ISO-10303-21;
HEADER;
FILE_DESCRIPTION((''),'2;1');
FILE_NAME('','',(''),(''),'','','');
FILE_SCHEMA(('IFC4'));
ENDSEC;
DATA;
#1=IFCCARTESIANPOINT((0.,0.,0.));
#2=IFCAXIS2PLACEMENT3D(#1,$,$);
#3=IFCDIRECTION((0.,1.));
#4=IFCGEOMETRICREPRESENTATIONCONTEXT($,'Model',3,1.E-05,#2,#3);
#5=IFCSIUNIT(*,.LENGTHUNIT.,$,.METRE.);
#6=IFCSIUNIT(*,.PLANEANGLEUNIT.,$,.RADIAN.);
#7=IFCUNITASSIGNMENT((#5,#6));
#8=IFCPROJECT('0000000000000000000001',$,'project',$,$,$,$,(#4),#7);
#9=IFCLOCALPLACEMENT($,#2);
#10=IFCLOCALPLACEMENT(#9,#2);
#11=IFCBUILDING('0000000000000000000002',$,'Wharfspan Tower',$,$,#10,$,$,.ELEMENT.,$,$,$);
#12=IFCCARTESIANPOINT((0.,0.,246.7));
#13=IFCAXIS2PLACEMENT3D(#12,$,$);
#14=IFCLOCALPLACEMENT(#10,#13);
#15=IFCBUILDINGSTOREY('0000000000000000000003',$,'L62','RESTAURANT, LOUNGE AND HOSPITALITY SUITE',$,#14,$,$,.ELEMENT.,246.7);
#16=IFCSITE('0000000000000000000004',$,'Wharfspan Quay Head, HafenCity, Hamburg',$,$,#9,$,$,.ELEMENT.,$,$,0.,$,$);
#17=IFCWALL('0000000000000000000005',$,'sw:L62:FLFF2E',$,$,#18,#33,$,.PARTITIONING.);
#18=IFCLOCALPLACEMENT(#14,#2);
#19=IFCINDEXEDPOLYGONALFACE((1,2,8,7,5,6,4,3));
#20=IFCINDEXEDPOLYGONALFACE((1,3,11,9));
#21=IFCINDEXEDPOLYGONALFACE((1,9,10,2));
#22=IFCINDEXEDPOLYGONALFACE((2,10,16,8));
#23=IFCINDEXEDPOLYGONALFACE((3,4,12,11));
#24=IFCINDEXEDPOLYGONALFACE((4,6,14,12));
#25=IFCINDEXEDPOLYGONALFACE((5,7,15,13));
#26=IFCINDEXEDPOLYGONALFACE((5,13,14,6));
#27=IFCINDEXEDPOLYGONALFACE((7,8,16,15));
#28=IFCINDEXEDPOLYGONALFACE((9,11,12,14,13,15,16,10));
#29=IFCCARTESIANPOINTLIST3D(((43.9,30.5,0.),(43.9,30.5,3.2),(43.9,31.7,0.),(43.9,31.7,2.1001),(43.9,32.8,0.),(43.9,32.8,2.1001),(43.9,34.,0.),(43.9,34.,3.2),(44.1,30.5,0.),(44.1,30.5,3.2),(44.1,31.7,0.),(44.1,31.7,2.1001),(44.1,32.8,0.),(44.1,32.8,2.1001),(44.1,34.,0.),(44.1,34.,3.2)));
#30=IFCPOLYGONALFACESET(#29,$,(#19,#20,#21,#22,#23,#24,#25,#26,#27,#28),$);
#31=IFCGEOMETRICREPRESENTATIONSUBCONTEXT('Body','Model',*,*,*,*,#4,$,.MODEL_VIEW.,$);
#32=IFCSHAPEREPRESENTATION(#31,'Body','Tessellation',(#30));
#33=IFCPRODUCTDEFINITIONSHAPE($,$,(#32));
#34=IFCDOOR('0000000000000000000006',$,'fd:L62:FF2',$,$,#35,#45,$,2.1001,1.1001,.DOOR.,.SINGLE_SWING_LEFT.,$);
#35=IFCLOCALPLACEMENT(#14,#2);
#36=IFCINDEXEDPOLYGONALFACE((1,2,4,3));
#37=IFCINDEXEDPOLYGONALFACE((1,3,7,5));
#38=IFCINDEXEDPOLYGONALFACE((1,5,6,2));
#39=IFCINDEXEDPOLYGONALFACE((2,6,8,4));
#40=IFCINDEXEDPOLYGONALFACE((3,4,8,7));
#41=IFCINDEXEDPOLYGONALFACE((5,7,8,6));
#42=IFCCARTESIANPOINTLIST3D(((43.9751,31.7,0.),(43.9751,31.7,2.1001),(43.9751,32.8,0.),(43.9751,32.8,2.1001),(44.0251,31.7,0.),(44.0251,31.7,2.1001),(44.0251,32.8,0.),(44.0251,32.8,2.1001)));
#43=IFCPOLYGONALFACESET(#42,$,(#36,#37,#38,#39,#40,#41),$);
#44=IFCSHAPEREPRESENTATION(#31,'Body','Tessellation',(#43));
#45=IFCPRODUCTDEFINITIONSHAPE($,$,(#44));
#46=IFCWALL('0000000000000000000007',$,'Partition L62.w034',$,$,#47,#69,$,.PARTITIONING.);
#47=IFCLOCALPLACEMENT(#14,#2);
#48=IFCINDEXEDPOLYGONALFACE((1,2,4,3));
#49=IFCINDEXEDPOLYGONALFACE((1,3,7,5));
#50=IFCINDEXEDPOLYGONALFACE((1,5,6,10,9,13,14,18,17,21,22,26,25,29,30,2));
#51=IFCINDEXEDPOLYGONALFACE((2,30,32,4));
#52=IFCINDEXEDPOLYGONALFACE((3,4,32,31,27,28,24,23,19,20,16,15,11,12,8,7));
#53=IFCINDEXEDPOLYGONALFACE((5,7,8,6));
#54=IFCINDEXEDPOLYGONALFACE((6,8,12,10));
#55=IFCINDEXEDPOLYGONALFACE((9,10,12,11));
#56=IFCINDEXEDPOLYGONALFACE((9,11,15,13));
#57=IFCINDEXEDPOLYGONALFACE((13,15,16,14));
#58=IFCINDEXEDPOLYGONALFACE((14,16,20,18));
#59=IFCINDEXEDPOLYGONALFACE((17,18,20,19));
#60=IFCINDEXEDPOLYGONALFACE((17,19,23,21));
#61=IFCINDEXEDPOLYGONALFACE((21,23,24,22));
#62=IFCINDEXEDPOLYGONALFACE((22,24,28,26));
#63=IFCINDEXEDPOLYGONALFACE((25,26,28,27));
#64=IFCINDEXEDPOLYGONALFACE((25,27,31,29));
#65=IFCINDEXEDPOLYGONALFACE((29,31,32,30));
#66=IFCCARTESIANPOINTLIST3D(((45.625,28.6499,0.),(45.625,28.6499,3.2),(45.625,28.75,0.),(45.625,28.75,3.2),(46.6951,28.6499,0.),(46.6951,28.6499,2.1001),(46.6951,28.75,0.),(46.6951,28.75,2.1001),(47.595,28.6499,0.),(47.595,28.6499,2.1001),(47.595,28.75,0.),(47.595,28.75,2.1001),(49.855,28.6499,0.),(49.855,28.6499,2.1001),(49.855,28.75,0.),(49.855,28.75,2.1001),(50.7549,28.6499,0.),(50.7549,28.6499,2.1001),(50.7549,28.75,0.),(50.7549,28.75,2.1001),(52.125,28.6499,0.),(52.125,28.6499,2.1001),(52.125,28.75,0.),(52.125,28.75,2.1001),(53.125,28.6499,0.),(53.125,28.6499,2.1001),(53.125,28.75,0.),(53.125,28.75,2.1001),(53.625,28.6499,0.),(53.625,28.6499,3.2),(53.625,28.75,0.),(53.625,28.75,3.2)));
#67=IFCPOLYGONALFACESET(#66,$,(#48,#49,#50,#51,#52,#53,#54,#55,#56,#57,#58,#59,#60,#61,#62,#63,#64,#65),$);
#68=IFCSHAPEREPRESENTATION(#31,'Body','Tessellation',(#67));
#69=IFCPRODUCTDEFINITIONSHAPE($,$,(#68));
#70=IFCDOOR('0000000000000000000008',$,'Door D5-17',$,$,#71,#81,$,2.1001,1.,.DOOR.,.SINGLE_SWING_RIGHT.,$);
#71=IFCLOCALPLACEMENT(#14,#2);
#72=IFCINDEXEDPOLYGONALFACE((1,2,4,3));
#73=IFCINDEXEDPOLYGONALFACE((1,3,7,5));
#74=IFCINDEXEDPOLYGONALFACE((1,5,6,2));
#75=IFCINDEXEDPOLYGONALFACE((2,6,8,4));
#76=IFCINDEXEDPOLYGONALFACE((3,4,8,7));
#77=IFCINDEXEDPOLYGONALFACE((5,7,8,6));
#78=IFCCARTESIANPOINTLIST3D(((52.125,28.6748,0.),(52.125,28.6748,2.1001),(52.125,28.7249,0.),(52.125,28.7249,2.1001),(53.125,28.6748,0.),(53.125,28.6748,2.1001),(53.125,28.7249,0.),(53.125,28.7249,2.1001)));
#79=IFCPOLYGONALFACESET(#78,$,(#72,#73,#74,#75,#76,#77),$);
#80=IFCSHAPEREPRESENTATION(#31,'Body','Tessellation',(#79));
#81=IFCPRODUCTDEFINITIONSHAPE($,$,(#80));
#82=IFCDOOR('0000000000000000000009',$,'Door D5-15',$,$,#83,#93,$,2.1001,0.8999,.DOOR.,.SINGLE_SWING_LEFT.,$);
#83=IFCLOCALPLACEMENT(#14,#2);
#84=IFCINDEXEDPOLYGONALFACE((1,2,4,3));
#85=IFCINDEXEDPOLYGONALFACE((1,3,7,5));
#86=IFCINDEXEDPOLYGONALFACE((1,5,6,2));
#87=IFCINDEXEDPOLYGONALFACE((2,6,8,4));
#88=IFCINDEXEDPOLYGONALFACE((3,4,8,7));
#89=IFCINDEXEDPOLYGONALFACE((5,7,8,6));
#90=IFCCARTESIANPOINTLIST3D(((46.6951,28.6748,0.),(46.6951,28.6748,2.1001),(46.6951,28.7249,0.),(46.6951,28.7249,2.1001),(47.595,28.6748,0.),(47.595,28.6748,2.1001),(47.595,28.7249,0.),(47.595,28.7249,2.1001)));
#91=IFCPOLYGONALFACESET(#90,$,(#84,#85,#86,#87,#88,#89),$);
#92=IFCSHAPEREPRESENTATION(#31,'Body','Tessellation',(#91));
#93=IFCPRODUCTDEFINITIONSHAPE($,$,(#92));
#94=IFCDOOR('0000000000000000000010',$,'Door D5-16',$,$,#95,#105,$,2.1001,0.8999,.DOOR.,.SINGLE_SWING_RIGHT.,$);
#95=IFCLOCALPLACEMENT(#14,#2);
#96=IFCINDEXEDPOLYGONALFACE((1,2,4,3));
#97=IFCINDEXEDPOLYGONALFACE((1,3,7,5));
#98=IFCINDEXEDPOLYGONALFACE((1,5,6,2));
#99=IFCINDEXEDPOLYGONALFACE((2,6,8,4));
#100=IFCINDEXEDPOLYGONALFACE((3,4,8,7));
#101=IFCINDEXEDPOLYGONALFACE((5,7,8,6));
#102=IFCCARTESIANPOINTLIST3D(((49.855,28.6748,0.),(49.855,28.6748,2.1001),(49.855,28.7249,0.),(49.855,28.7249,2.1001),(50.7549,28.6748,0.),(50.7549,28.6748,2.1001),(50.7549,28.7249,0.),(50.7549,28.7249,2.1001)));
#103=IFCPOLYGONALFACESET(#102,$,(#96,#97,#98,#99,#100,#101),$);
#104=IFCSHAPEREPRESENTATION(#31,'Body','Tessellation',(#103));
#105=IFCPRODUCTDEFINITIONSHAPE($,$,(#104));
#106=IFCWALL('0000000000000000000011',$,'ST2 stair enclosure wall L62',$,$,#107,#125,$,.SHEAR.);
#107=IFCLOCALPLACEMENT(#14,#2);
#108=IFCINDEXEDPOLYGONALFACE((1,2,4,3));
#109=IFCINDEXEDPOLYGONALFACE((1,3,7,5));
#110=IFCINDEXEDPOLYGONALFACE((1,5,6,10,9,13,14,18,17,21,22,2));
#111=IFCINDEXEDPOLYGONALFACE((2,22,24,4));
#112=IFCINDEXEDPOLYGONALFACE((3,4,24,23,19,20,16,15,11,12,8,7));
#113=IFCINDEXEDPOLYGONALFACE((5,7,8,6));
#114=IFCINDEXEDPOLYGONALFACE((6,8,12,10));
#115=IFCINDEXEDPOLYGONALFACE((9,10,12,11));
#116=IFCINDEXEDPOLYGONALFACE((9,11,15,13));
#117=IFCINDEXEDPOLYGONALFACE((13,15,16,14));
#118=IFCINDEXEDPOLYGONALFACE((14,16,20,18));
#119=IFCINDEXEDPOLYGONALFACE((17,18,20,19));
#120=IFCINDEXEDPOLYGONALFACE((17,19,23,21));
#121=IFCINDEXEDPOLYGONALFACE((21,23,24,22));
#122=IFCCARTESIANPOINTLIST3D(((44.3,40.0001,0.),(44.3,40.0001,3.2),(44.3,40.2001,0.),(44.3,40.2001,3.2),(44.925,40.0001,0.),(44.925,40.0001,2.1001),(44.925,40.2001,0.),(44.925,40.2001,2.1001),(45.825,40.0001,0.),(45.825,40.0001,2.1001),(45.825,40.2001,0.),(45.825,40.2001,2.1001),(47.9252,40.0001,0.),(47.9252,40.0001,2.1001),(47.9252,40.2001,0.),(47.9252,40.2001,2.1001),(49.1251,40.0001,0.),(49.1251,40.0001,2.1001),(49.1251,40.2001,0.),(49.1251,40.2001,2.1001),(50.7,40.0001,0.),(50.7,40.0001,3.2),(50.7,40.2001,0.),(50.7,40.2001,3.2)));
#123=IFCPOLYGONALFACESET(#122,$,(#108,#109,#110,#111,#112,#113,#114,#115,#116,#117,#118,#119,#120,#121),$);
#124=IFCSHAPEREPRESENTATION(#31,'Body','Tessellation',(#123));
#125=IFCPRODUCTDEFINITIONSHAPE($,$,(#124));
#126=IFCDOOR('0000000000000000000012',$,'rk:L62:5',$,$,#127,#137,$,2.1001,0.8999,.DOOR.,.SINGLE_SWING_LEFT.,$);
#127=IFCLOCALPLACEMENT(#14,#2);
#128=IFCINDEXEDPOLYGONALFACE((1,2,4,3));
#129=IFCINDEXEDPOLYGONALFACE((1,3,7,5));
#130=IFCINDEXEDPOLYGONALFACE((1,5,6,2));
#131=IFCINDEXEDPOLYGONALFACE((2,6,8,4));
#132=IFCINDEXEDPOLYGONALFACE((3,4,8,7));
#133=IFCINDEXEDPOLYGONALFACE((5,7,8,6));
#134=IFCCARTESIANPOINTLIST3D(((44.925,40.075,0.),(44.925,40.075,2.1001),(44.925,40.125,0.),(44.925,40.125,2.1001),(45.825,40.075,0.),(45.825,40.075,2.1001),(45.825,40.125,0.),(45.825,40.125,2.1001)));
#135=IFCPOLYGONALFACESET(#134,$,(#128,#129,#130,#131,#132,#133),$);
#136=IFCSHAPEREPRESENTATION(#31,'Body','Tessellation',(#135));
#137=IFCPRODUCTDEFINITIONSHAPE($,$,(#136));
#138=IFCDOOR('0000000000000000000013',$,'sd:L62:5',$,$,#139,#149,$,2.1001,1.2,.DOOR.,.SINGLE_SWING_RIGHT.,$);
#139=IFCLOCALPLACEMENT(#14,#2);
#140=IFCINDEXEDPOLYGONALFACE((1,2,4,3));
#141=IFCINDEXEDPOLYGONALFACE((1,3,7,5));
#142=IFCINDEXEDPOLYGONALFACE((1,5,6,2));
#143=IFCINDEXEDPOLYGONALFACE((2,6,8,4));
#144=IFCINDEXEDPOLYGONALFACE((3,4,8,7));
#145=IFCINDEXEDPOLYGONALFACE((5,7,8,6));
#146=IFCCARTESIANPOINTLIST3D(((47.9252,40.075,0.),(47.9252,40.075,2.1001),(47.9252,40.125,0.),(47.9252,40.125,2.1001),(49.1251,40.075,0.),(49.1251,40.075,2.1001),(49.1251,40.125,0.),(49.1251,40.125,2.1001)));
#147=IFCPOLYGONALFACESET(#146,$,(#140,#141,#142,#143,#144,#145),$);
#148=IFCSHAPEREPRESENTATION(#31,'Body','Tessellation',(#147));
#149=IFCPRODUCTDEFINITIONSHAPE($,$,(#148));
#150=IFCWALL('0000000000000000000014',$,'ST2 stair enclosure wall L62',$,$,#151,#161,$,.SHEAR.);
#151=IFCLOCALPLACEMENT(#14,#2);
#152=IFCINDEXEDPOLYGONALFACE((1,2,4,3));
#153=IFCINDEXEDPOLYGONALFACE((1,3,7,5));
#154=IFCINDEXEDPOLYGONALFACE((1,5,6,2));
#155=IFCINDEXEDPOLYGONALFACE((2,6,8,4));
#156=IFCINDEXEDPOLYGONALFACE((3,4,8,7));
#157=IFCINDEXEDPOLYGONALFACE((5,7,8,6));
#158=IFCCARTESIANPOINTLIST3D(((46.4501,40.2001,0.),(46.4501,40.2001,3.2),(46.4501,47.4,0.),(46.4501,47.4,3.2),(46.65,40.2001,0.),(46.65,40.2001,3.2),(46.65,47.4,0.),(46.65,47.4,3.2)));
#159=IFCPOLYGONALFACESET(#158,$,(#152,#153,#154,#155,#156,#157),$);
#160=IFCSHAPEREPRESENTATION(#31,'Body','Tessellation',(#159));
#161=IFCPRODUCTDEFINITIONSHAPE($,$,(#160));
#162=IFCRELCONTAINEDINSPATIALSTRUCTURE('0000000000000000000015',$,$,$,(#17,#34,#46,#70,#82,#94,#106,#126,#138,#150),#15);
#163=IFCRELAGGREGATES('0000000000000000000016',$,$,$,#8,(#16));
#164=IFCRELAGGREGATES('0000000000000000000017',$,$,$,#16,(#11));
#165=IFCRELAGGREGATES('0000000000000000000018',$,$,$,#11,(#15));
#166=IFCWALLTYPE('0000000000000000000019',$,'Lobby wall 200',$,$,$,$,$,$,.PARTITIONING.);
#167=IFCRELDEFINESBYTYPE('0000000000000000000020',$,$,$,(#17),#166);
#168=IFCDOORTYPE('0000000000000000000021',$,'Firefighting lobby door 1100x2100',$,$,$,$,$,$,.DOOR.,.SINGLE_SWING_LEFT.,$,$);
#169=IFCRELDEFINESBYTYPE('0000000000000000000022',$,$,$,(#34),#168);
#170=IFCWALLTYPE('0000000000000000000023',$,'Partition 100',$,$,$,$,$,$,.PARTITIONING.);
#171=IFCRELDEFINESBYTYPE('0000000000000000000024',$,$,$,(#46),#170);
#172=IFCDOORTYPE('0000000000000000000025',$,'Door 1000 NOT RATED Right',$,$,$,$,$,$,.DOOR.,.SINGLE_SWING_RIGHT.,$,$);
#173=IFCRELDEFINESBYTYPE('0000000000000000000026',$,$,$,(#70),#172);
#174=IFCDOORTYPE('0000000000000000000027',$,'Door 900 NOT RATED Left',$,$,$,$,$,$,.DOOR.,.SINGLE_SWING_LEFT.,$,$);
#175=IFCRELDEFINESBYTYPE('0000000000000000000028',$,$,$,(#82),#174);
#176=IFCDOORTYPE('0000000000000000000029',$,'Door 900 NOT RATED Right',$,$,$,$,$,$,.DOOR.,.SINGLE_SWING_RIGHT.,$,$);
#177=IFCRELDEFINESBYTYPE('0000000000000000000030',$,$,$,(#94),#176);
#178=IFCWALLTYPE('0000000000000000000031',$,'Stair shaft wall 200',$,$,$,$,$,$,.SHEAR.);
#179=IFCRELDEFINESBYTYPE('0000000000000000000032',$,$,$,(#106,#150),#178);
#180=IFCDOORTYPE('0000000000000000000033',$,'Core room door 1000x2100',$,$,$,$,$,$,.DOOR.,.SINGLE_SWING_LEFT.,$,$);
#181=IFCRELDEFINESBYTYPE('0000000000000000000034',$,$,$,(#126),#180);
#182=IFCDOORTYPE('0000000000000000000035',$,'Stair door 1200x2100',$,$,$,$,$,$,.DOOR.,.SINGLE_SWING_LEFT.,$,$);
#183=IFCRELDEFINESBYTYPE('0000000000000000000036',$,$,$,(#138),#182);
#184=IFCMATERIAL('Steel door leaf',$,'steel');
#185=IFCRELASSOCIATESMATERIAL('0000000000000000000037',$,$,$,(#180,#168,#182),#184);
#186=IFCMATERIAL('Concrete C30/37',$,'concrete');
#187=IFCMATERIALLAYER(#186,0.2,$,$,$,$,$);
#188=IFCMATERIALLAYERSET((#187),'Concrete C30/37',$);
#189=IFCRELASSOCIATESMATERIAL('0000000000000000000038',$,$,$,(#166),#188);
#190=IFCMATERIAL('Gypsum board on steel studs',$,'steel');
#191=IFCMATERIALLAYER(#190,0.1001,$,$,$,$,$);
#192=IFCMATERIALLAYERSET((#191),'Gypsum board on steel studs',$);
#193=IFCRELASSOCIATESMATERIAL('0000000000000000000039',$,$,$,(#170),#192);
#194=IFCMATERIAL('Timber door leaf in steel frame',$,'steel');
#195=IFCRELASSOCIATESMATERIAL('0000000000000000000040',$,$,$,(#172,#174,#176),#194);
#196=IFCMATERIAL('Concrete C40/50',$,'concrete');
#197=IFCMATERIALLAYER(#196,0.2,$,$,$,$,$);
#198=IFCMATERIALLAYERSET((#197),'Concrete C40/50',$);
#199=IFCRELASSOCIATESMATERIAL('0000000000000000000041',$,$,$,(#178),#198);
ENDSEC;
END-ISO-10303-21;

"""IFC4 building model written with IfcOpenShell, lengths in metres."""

from ifc_helpers import new_model, si_unit, direction, frame, frame_2d, origin, place, context, subcontext, project, spatial, rectangle, extrude, material, layer, layer_set, type_object, element, fill, save


model = new_model("IFC4")

# Units and contexts
model_context = context("Model", 3, precision=1e-05, world=origin(), true_north=direction((0.0, 1.0)))
body_context = subcontext(model_context, "Body", "Model", "MODEL_VIEW")
ifc_project = project(units=[si_unit("LENGTHUNIT", "METRE"), si_unit("PLANEANGLEUNIT", "RADIAN")], contexts=[model_context])

# Site, building, storey
site_placement = place(None, origin())
site = spatial("IfcSite", under=ifc_project, at=site_placement, Name="Wharfspan Quay Head, HafenCity, Hamburg", CompositionType="ELEMENT", RefElevation=0.0)
building_placement = place(site_placement, origin())
building = spatial("IfcBuilding", under=site, at=building_placement, Name="Wharfspan Tower", CompositionType="ELEMENT")
storey_placement = place(building_placement, frame((0.0, 0.0, 246.7)))
storey = spatial("IfcBuildingStorey", under=building, at=storey_placement, Name="L62", Description="RESTAURANT, LOUNGE AND HOSPITALITY SUITE", CompositionType="ELEMENT", Elevation=246.7)

# Shared definitions
ifc_material_1 = material(Name="Gypsum board on steel studs", Category="steel")

# Shared definitions
ifc_material_2 = material(Name="Steel door leaf", Category="steel")
door_type_1 = type_object("IfcDoorType", Name="Core room door 1000x2100", OperationType="SINGLE_SWING_LEFT", PredefinedType="DOOR", material=ifc_material_2)

# Wall, opening, door
ifc_material_3 = material(Name="Concrete C30/37", Category="concrete")
ifc_layer_1 = layer(ifc_material_3, 0.2)
ifc_layer_set_1 = layer_set([ifc_layer_1], Name="Concrete C30/37")
wall_type_1 = type_object("IfcWallType", Name="Lobby wall 200", PredefinedType="PARTITIONING", material=ifc_layer_set_1)
wall_1_placement = place(storey_placement, frame((44.0, 30.5, 0.0), z_axis=(0.0, 0.0, 1.0), x_axis=(0.0, 1.0, 0.0)))
wall_1 = element("IfcWall", 1, at=wall_1_placement, inside=storey, type_object=wall_type_1, Name="sw:L62:FLFF2E", PredefinedType="PARTITIONING", context=body_context, shape_type="SweptSolid", body=[
    extrude(rectangle(XDim=3.5, YDim=0.2, at=frame_2d((1.75, 0.0))), origin(), (0.0, 0.0, 1.0), 3.2),
])
opening_1_placement = place(wall_1_placement, frame((1.2, 0.0, 0.0)))
opening_1 = element("IfcOpeningElement", 2, at=opening_1_placement, cuts=wall_1, PredefinedType="OPENING", context=body_context, shape_type="SweptSolid", body=[
    extrude(rectangle(XDim=1.1001, YDim=2.1001, at=frame_2d((0.55, 1.05))), frame((0.0, 0.1099, 0.0), z_axis=(0.0, -1.0, 0.0), x_axis=(1.0, 0.0, 0.0)), (0.0, 0.0, 1.0), 0.22),
])
door_type_2 = type_object("IfcDoorType", Name="Firefighting lobby door 1100x2100", OperationType="SINGLE_SWING_LEFT", PredefinedType="DOOR", material=ifc_material_2)
door_1_placement = place(opening_1_placement, origin())
door_1 = element("IfcDoor", 3, at=door_1_placement, inside=storey, type_object=door_type_2, Name="fd:L62:FF2", OperationType="SINGLE_SWING_LEFT", OverallHeight=2.1001, OverallWidth=1.1001, PredefinedType="DOOR", context=body_context, shape_type="SweptSolid", body=[
    extrude(rectangle(XDim=1.1001, YDim=2.1001, at=frame_2d((0.55, 1.05))), frame((0.0, 0.0249, 0.0), z_axis=(0.0, -1.0, 0.0), x_axis=(1.0, 0.0, 0.0)), (0.0, 0.0, 1.0), 0.05),
])
fill(opening_1, door_1)

# Walls, openings, doors
ifc_layer_2 = layer(ifc_material_1, 0.1001)
ifc_layer_set_2 = layer_set([ifc_layer_2], Name="Gypsum board on steel studs")
wall_type_2 = type_object("IfcWallType", Name="Partition 100", PredefinedType="PARTITIONING", material=ifc_layer_set_2)
wall_2_placement = place(storey_placement, frame((45.625, 28.7, 0.0), z_axis=(0.0, 0.0, 1.0), x_axis=(1.0, 0.0, 0.0)))
wall_2 = element("IfcWall", 4, at=wall_2_placement, inside=storey, type_object=wall_type_2, Name="Partition L62.w034", PredefinedType="PARTITIONING", context=body_context, shape_type="SweptSolid", body=[
    extrude(rectangle(XDim=8.0, YDim=0.1001, at=frame_2d((4.0, 0.0))), origin(), (0.0, 0.0, 1.0), 3.2),
])
opening_2_placement = place(wall_2_placement, frame((1.0701, 0.0, 0.0)))
opening_2 = element("IfcOpeningElement", 5, at=opening_2_placement, cuts=wall_2, PredefinedType="OPENING", context=body_context, shape_type="SweptSolid", body=[
    extrude(rectangle(XDim=0.8999, YDim=2.1001, at=frame_2d((0.45, 1.05))), frame((0.0, 0.0601, 0.0), z_axis=(0.0, -1.0, 0.0), x_axis=(1.0, 0.0, 0.0)), (0.0, 0.0, 1.0), 0.1201),
])
opening_3_placement = place(wall_2_placement, frame((4.23, 0.0, 0.0)))
opening_3 = element("IfcOpeningElement", 6, at=opening_3_placement, cuts=wall_2, PredefinedType="OPENING", context=body_context, shape_type="SweptSolid", body=[
    extrude(rectangle(XDim=0.8999, YDim=2.1001, at=frame_2d((0.45, 1.05))), frame((0.0, 0.0601, 0.0), z_axis=(0.0, -1.0, 0.0), x_axis=(1.0, 0.0, 0.0)), (0.0, 0.0, 1.0), 0.1201),
])
opening_4_placement = place(wall_2_placement, frame((6.5, 0.0, 0.0)))
opening_4 = element("IfcOpeningElement", 7, at=opening_4_placement, cuts=wall_2, PredefinedType="OPENING", context=body_context, shape_type="SweptSolid", body=[
    extrude(rectangle(XDim=1.0, YDim=2.1001, at=frame_2d((0.5, 1.05))), frame((0.0, 0.0601, 0.0), z_axis=(0.0, -1.0, 0.0), x_axis=(1.0, 0.0, 0.0)), (0.0, 0.0, 1.0), 0.1201),
])
ifc_material_4 = material(Name="Timber door leaf in steel frame", Category="steel")
door_type_3 = type_object("IfcDoorType", Name="Door 1000 NOT RATED Right", OperationType="SINGLE_SWING_RIGHT", PredefinedType="DOOR", material=ifc_material_4)
door_2_placement = place(opening_4_placement, origin())
door_2 = element("IfcDoor", 8, at=door_2_placement, inside=storey, type_object=door_type_3, Name="Door D5-17", OperationType="SINGLE_SWING_RIGHT", OverallHeight=2.1001, OverallWidth=1.0, PredefinedType="DOOR", context=body_context, shape_type="SweptSolid", body=[
    extrude(rectangle(XDim=1.0, YDim=2.1001, at=frame_2d((0.5, 1.05))), frame((0.0, 0.0249, 0.0), z_axis=(0.0, -1.0, 0.0), x_axis=(1.0, 0.0, 0.0)), (0.0, 0.0, 1.0), 0.05),
])
fill(opening_4, door_2)
door_type_4 = type_object("IfcDoorType", Name="Door 900 NOT RATED Left", OperationType="SINGLE_SWING_LEFT", PredefinedType="DOOR", material=ifc_material_4)
door_3_placement = place(opening_2_placement, origin())
door_3 = element("IfcDoor", 9, at=door_3_placement, inside=storey, type_object=door_type_4, Name="Door D5-15", OperationType="SINGLE_SWING_LEFT", OverallHeight=2.1001, OverallWidth=0.8999, PredefinedType="DOOR", context=body_context, shape_type="SweptSolid", body=[
    extrude(rectangle(XDim=0.8999, YDim=2.1001, at=frame_2d((0.45, 1.05))), frame((0.0, 0.0249, 0.0), z_axis=(0.0, -1.0, 0.0), x_axis=(1.0, 0.0, 0.0)), (0.0, 0.0, 1.0), 0.05),
])
fill(opening_2, door_3)
door_type_5 = type_object("IfcDoorType", Name="Door 900 NOT RATED Right", OperationType="SINGLE_SWING_RIGHT", PredefinedType="DOOR", material=ifc_material_4)
door_4_placement = place(opening_3_placement, origin())
door_4 = element("IfcDoor", 10, at=door_4_placement, inside=storey, type_object=door_type_5, Name="Door D5-16", OperationType="SINGLE_SWING_RIGHT", OverallHeight=2.1001, OverallWidth=0.8999, PredefinedType="DOOR", context=body_context, shape_type="SweptSolid", body=[
    extrude(rectangle(XDim=0.8999, YDim=2.1001, at=frame_2d((0.45, 1.05))), frame((0.0, 0.0249, 0.0), z_axis=(0.0, -1.0, 0.0), x_axis=(1.0, 0.0, 0.0)), (0.0, 0.0, 1.0), 0.05),
])
fill(opening_3, door_4)
ifc_material_5 = material(Name="Concrete C40/50", Category="concrete")
ifc_layer_3 = layer(ifc_material_5, 0.2)
ifc_layer_set_3 = layer_set([ifc_layer_3], Name="Concrete C40/50")
wall_type_3 = type_object("IfcWallType", Name="Stair shaft wall 200", PredefinedType="SHEAR", material=ifc_layer_set_3)
wall_3_placement = place(storey_placement, frame((44.3, 40.1001, 0.0), z_axis=(0.0, 0.0, 1.0), x_axis=(1.0, 0.0, 0.0)))
wall_3 = element("IfcWall", 11, at=wall_3_placement, inside=storey, type_object=wall_type_3, Name="ST2 stair enclosure wall L62", PredefinedType="SHEAR", context=body_context, shape_type="SweptSolid", body=[
    extrude(rectangle(XDim=6.3999, YDim=0.2, at=frame_2d((3.2, 0.0))), origin(), (0.0, 0.0, 1.0), 3.2),
])
opening_5_placement = place(wall_3_placement, frame((3.625, 0.0, 0.0)))
opening_5 = element("IfcOpeningElement", 12, at=opening_5_placement, cuts=wall_3, PredefinedType="OPENING", context=body_context, shape_type="SweptSolid", body=[
    extrude(rectangle(XDim=1.2, YDim=2.1001, at=frame_2d((0.6001, 1.05))), frame((0.0, 0.1099, 0.0), z_axis=(0.0, -1.0, 0.0), x_axis=(1.0, 0.0, 0.0)), (0.0, 0.0, 1.0), 0.22),
])
opening_6_placement = place(wall_3_placement, frame((0.625, 0.0, 0.0)))
opening_6 = element("IfcOpeningElement", 13, at=opening_6_placement, cuts=wall_3, PredefinedType="OPENING", context=body_context, shape_type="SweptSolid", body=[
    extrude(rectangle(XDim=0.8999, YDim=2.1001, at=frame_2d((0.45, 1.05))), frame((0.0, 0.1099, 0.0), z_axis=(0.0, -1.0, 0.0), x_axis=(1.0, 0.0, 0.0)), (0.0, 0.0, 1.0), 0.22),
])
door_5_placement = place(opening_6_placement, origin())
door_5 = element("IfcDoor", 14, at=door_5_placement, inside=storey, type_object=door_type_1, Name="rk:L62:5", OperationType="SINGLE_SWING_LEFT", OverallHeight=2.1001, OverallWidth=0.8999, PredefinedType="DOOR", context=body_context, shape_type="SweptSolid", body=[
    extrude(rectangle(XDim=0.8999, YDim=2.1001, at=frame_2d((0.45, 1.05))), frame((0.0, 0.0249, 0.0), z_axis=(0.0, -1.0, 0.0), x_axis=(1.0, 0.0, 0.0)), (0.0, 0.0, 1.0), 0.05),
])
fill(opening_6, door_5)
door_type_6 = type_object("IfcDoorType", Name="Stair door 1200x2100", OperationType="SINGLE_SWING_LEFT", PredefinedType="DOOR", material=ifc_material_2)
door_6_placement = place(opening_5_placement, origin())
door_6 = element("IfcDoor", 15, at=door_6_placement, inside=storey, type_object=door_type_6, Name="sd:L62:5", OperationType="SINGLE_SWING_RIGHT", OverallHeight=2.1001, OverallWidth=1.2, PredefinedType="DOOR", context=body_context, shape_type="SweptSolid", body=[
    extrude(rectangle(XDim=1.2, YDim=2.1001, at=frame_2d((0.6001, 1.05))), frame((0.0, 0.0249, 0.0), z_axis=(0.0, -1.0, 0.0), x_axis=(1.0, 0.0, 0.0)), (0.0, 0.0, 1.0), 0.05),
])
fill(opening_5, door_6)

# Wall
wall_4_placement = place(storey_placement, frame((46.55, 40.2, 0.0), z_axis=(0.0, 0.0, 1.0), x_axis=(0.0, 1.0, 0.0)))
element("IfcWall", 16, at=wall_4_placement, inside=storey, type_object=wall_type_3, Name="ST2 stair enclosure wall L62", PredefinedType="SHEAR", context=body_context, shape_type="SweptSolid", body=[
    extrude(rectangle(XDim=7.2, YDim=0.2, at=frame_2d((3.6001, 0.0))), origin(), (0.0, 0.0, 1.0), 3.2),
])

save(model, "model.ifc")
